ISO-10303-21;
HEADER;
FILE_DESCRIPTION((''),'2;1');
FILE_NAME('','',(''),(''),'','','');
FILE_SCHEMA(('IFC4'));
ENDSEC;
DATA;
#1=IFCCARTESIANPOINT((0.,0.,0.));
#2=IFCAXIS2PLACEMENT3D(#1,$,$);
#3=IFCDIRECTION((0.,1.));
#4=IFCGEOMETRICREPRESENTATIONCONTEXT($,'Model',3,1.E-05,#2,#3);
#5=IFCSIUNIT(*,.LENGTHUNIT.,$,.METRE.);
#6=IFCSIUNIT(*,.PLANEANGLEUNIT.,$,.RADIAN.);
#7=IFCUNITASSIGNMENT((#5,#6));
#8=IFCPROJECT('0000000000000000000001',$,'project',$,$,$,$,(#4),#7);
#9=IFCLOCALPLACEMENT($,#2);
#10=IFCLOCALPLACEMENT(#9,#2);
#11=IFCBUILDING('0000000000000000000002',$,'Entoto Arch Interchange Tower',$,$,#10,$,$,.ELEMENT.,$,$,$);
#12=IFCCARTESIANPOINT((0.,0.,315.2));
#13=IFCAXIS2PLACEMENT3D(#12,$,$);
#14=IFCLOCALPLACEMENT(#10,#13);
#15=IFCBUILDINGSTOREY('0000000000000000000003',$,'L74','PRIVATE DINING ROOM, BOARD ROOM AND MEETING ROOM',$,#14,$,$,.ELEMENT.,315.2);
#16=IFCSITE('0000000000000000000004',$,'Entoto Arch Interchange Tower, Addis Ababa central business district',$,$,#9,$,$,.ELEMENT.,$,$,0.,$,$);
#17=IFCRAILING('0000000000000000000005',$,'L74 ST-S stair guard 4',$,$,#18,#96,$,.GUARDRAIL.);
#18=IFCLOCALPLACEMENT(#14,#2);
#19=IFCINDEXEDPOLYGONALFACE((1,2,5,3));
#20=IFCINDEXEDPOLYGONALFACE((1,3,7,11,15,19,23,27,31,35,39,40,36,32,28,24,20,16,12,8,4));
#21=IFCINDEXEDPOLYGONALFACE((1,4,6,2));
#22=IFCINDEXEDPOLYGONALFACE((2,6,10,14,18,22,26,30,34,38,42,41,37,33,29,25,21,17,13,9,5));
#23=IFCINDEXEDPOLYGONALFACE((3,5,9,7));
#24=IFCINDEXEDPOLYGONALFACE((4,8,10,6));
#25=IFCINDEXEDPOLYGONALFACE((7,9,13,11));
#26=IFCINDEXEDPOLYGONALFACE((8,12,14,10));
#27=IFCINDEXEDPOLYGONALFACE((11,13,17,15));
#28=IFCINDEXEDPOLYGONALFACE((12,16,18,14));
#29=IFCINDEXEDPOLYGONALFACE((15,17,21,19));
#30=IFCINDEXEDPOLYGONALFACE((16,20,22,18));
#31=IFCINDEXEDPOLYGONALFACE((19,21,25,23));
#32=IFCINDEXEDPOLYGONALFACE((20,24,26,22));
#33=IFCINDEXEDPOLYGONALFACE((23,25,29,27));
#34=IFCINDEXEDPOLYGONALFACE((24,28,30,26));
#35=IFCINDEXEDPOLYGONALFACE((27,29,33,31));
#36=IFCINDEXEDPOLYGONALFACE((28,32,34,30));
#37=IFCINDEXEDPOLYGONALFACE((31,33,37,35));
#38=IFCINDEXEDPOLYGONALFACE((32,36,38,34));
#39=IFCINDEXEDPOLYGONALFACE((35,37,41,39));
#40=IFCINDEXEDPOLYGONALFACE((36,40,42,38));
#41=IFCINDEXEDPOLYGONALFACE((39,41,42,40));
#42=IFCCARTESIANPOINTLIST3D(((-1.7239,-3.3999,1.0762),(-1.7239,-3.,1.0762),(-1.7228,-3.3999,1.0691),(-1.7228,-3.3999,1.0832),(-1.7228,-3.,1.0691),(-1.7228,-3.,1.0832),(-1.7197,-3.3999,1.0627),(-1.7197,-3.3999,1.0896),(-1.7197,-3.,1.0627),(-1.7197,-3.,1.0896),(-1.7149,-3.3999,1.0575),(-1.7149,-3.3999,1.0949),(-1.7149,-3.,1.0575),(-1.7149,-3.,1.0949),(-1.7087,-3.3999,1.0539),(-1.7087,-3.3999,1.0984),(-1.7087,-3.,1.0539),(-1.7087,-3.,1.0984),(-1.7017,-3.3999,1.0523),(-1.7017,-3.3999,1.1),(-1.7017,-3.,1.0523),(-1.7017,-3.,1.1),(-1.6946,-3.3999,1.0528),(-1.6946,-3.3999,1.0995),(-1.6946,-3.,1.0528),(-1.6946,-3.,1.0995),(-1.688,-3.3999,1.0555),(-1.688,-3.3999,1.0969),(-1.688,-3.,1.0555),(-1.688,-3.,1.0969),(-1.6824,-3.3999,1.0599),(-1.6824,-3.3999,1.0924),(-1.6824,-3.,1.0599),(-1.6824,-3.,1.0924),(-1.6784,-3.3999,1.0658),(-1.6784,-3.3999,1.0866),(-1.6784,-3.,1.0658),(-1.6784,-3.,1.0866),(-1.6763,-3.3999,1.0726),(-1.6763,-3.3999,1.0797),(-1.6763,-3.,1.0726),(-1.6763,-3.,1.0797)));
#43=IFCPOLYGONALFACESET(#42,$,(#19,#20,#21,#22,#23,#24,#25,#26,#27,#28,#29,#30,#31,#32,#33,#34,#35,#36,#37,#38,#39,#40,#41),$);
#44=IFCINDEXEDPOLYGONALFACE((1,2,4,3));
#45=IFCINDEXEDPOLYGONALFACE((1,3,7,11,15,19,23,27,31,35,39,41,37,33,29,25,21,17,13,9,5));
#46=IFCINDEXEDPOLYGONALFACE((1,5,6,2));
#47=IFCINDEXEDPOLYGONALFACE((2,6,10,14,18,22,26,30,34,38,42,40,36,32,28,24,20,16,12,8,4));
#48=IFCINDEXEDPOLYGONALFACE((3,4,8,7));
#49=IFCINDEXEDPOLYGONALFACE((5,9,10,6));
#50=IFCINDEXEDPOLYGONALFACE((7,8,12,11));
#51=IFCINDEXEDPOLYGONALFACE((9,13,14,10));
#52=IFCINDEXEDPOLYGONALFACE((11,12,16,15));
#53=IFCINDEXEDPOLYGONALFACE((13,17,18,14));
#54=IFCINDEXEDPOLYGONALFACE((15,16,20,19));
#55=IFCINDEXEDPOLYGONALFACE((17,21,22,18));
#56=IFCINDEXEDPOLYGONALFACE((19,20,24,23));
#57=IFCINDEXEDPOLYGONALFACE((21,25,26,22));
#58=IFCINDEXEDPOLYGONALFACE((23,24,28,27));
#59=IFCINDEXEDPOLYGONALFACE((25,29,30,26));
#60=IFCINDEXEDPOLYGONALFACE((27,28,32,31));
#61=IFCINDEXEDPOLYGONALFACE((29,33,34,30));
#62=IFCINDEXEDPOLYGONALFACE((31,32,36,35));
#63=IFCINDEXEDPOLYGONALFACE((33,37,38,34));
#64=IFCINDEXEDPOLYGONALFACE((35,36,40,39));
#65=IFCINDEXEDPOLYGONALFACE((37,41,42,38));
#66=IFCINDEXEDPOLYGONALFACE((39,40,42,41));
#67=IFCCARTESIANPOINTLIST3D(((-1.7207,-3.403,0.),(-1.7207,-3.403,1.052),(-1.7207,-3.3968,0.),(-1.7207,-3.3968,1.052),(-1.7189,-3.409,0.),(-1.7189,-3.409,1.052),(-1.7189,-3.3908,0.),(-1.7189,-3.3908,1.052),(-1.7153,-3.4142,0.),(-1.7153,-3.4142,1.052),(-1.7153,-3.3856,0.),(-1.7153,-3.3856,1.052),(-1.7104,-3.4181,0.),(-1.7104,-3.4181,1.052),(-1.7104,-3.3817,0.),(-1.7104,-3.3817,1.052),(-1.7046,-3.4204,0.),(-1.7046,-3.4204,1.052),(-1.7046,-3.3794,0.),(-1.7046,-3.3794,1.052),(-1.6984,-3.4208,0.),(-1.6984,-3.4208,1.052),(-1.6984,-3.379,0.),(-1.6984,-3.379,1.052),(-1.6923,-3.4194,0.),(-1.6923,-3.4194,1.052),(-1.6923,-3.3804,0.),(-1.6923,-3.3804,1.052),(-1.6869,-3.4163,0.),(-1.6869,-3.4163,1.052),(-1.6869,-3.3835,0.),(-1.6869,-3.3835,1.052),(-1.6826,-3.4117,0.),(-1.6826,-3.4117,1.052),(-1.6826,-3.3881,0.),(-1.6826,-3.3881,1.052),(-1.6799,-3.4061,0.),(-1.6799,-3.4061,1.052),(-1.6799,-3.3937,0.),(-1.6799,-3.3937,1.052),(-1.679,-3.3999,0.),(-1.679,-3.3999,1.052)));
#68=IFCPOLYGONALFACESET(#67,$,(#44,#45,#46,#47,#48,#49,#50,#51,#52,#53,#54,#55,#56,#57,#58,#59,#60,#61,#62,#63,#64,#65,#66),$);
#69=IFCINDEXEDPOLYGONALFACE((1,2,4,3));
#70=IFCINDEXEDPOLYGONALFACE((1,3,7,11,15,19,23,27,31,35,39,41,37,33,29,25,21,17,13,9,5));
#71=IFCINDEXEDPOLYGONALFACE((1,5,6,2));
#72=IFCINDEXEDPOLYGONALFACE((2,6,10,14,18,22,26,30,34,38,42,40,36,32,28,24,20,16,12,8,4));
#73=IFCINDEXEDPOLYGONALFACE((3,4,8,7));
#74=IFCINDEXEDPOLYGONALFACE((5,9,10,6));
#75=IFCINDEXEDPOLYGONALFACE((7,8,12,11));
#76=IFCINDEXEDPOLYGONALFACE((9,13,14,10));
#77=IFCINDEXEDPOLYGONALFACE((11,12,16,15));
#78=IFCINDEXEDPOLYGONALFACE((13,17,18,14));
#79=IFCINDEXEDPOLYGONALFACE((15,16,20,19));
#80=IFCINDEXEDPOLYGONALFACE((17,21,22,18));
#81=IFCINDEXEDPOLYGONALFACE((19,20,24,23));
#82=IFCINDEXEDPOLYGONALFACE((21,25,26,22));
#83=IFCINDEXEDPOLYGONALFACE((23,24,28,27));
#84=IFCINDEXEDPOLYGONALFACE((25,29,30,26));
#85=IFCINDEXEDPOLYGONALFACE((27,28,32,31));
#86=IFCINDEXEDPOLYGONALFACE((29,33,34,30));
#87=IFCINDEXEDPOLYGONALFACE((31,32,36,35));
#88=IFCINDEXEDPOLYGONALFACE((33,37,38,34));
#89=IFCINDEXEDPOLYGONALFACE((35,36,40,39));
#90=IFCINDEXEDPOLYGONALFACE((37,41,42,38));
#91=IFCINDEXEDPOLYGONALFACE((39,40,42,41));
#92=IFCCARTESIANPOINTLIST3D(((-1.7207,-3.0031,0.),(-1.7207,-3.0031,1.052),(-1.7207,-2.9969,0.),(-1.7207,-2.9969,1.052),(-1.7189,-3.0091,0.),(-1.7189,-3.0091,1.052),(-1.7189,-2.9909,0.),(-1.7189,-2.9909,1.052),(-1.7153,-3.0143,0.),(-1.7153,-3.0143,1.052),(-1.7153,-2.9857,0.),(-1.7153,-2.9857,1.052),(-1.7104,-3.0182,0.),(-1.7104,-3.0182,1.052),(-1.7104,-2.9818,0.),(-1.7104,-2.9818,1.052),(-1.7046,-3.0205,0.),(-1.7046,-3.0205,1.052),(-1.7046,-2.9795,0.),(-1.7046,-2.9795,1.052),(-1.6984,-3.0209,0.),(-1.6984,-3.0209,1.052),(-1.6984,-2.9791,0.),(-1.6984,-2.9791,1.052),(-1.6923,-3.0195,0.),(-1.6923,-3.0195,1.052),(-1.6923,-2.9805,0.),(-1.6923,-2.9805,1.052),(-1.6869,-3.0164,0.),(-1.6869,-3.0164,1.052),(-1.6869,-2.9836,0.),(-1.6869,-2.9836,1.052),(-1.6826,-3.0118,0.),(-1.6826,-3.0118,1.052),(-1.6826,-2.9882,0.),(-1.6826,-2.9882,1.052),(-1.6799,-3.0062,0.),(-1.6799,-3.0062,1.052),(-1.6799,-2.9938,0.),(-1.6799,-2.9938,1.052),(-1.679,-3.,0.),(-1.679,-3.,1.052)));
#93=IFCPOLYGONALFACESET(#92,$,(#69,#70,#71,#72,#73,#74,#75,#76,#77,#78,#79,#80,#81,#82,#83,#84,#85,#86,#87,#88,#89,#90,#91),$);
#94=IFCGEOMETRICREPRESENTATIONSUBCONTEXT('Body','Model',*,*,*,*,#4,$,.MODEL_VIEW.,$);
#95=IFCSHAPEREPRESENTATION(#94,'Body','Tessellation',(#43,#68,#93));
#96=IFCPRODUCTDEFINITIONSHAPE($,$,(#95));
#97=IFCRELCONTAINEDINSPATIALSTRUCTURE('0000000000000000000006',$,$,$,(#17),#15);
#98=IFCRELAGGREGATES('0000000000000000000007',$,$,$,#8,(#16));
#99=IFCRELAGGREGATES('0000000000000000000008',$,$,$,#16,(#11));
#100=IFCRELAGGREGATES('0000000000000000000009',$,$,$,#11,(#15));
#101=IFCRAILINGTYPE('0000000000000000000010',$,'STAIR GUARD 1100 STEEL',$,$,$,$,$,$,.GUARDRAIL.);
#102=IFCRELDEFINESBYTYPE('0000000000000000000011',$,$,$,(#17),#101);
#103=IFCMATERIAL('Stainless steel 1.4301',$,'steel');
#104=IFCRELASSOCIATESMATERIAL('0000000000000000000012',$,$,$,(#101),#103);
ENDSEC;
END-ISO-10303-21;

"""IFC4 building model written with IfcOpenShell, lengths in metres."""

from ifc_helpers import new_model, si_unit, direction, frame, origin, origin_2d, place, context, subcontext, project, spatial, circle, extrude, material, type_object, element, save


model = new_model("IFC4")

# Units and contexts
model_context = context("Model", 3, precision=1e-05, world=origin(), true_north=direction((0.0, 1.0)))
body_context = subcontext(model_context, "Body", "Model", "MODEL_VIEW")
ifc_project = project(units=[si_unit("LENGTHUNIT", "METRE"), si_unit("PLANEANGLEUNIT", "RADIAN")], contexts=[model_context])

# Site, building, storey
site_placement = place(None, origin())
site = spatial("IfcSite", under=ifc_project, at=site_placement, Name="Entoto Arch Interchange Tower, Addis Ababa central business district", CompositionType="ELEMENT", RefElevation=0.0)
building_placement = place(site_placement, origin())
building = spatial("IfcBuilding", under=site, at=building_placement, Name="Entoto Arch Interchange Tower", CompositionType="ELEMENT")
storey_placement = place(building_placement, frame((0.0, 0.0, 315.2)))
storey = spatial("IfcBuildingStorey", under=building, at=storey_placement, Name="L74", Description="PRIVATE DINING ROOM, BOARD ROOM AND MEETING ROOM", CompositionType="ELEMENT", Elevation=315.2)

# Railing
ifc_material_1 = material(Name="Stainless steel 1.4301", Category="steel")
railing_type_1 = type_object("IfcRailingType", Name="STAIR GUARD 1100 STEEL", PredefinedType="GUARDRAIL", material=ifc_material_1)
railing_1_placement = place(storey_placement, frame((-1.7, -3.3999, 0.0)))
element("IfcRailing", 1, at=railing_1_placement, inside=storey, type_object=railing_type_1, Name="L74 ST-S stair guard 4", PredefinedType="GUARDRAIL", context=body_context, shape_type="SweptSolid", body=[
    extrude(circle(Radius=0.0239, at=origin_2d()), frame((0.0, 0.0, 1.0762), z_axis=(0.0, 1.0, 0.0), x_axis=(-1.0, 0.0, 0.0)), (0.0, 0.0, 1.0), 0.3999),
    extrude(circle(Radius=0.021, at=origin_2d()), origin(), (0.0, 0.0, 1.0), 1.052),
    extrude(circle(Radius=0.021, at=origin_2d()), frame((0.0, 0.3999, 0.0)), (0.0, 0.0, 1.0), 1.052),
])

save(model, "model.ifc")
